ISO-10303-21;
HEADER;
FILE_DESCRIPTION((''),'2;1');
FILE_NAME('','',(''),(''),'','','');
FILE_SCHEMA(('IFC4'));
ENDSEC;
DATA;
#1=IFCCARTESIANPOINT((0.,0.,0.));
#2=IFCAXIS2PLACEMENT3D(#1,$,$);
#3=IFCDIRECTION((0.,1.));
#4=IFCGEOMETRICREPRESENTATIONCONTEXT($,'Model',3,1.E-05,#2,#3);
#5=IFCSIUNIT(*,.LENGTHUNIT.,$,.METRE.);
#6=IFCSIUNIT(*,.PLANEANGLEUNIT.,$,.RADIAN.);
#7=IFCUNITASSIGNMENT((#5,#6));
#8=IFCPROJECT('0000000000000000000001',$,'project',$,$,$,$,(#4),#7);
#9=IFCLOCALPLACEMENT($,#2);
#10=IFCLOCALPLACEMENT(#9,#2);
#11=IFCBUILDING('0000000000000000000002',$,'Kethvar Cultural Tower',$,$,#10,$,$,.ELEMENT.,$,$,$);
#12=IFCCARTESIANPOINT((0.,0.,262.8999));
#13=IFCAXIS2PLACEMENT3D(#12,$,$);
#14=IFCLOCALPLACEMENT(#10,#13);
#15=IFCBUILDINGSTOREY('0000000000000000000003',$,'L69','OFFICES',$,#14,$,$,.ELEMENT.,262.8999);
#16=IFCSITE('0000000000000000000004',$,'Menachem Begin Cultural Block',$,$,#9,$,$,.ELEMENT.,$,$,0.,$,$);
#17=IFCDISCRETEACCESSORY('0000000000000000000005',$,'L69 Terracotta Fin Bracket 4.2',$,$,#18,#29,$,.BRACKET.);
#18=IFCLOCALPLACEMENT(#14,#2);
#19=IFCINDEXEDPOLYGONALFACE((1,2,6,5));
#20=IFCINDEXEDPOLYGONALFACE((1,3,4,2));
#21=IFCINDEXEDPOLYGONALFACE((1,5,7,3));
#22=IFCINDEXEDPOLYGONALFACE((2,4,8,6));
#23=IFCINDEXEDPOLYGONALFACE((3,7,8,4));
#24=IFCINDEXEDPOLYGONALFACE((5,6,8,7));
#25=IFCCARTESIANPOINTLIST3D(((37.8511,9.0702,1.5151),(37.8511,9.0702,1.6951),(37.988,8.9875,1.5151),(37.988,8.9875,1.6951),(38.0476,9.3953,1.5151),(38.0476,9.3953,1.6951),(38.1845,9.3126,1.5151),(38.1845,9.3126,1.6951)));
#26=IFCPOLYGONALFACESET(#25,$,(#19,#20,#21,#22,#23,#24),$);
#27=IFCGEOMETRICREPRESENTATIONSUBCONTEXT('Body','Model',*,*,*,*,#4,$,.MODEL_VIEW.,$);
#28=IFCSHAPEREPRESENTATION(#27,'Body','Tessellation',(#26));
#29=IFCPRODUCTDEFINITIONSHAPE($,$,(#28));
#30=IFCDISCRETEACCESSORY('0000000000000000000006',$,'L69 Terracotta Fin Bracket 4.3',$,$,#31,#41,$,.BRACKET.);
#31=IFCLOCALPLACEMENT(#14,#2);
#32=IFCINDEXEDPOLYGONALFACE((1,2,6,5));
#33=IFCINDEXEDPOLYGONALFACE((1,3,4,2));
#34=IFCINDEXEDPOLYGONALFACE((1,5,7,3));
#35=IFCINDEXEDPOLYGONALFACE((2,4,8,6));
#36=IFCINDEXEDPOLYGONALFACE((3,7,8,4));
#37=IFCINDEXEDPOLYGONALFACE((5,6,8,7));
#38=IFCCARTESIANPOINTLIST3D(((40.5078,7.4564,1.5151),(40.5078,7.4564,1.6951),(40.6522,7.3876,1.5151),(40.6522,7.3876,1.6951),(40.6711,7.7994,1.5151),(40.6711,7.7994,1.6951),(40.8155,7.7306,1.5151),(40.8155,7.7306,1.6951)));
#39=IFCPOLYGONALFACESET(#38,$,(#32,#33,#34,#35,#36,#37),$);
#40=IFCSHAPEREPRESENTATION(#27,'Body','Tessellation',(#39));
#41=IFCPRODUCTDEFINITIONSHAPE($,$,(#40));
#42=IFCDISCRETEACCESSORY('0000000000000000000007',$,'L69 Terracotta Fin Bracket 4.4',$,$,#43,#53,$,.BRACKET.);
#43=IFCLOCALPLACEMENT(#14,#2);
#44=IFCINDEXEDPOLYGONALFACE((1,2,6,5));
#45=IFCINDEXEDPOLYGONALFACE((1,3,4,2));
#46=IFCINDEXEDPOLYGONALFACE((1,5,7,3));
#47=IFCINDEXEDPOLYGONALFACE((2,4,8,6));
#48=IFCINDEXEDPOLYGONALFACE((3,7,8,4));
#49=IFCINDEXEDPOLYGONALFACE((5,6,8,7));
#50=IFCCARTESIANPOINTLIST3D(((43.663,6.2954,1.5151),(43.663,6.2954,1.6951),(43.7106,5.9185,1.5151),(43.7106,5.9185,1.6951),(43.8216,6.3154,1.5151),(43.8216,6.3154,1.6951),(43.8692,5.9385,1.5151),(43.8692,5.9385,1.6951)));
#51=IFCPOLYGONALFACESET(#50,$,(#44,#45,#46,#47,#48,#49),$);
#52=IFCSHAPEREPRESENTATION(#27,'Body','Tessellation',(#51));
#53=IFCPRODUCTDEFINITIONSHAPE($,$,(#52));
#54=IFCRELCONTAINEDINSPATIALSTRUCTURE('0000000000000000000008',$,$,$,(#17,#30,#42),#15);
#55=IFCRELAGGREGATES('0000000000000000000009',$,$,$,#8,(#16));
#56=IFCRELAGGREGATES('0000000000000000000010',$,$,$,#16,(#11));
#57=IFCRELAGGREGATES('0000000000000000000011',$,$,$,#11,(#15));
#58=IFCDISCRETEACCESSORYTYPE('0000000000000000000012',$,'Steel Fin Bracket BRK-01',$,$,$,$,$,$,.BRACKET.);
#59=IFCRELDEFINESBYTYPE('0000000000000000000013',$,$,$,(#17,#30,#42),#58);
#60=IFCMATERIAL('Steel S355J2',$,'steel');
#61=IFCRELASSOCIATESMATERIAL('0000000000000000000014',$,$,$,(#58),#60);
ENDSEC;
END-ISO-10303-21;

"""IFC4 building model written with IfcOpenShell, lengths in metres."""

from ifc_helpers import new_model, si_unit, direction, frame, origin, origin_2d, place, context, subcontext, project, spatial, rectangle, extrude, source, transform, mapped, material, type_object, element, save


model = new_model("IFC4")

# Units and contexts
model_context = context("Model", 3, precision=1e-05, world=origin(), true_north=direction((0.0, 1.0)))
body_context = subcontext(model_context, "Body", "Model", "MODEL_VIEW")
ifc_project = project(units=[si_unit("LENGTHUNIT", "METRE"), si_unit("PLANEANGLEUNIT", "RADIAN")], contexts=[model_context])

# Site, building, storey
site_placement = place(None, origin())
site = spatial("IfcSite", under=ifc_project, at=site_placement, Name="Menachem Begin Cultural Block", CompositionType="ELEMENT", RefElevation=0.0)
building_placement = place(site_placement, origin())
building = spatial("IfcBuilding", under=site, at=building_placement, Name="Kethvar Cultural Tower", CompositionType="ELEMENT")
storey_placement = place(building_placement, frame((0.0, 0.0, 262.8999)))
storey = spatial("IfcBuildingStorey", under=building, at=storey_placement, Name="L69", Description="OFFICES", CompositionType="ELEMENT", Elevation=262.8999)

# Shared definitions
ifc_material_1 = material(Name="Steel S355J2", Category="steel")

# Discrete accessories
discrete_accessory_type = type_object("IfcDiscreteAccessoryType", Name="Steel Fin Bracket BRK-01", PredefinedType="BRACKET", material=ifc_material_1)
shared_shape_1 = source(origin(), body_context, "Body", "SweptSolid", [
    extrude(rectangle(XDim=0.3799, YDim=0.1599, at=origin_2d()), origin(), (0.0, 0.0, 1.0), 0.1799),
])
for number, where, z_axis, x_axis, name in (
    (1, (38.0178, 9.1914, 1.5151), (0.0, 0.0, 1.0), (-0.51728, -0.855816, 0.0), "L69 Terracotta Fin Bracket 4.2"),
    (2, (40.6616, 7.5935, 1.5151), (0.0, 0.0, 1.0), (-0.429881, -0.902886, 0.0), "L69 Terracotta Fin Bracket 4.3"),
    (3, (43.7661, 6.1169, 1.5151), (0.0, 0.0, 1.0), (0.125333, -0.992115, 0.0), "L69 Terracotta Fin Bracket 4.4"),
):
    element("IfcDiscreteAccessory", number, at=place(storey_placement, frame(where, z_axis=z_axis, x_axis=x_axis)), inside=storey, type_object=discrete_accessory_type, Name=name, PredefinedType="BRACKET", context=body_context, shape_type="MappedRepresentation", body=[
        mapped(shared_shape_1, transform((0.0, 0.0, 0.0), scale=1.0)),
    ])

save(model, "model.ifc")
